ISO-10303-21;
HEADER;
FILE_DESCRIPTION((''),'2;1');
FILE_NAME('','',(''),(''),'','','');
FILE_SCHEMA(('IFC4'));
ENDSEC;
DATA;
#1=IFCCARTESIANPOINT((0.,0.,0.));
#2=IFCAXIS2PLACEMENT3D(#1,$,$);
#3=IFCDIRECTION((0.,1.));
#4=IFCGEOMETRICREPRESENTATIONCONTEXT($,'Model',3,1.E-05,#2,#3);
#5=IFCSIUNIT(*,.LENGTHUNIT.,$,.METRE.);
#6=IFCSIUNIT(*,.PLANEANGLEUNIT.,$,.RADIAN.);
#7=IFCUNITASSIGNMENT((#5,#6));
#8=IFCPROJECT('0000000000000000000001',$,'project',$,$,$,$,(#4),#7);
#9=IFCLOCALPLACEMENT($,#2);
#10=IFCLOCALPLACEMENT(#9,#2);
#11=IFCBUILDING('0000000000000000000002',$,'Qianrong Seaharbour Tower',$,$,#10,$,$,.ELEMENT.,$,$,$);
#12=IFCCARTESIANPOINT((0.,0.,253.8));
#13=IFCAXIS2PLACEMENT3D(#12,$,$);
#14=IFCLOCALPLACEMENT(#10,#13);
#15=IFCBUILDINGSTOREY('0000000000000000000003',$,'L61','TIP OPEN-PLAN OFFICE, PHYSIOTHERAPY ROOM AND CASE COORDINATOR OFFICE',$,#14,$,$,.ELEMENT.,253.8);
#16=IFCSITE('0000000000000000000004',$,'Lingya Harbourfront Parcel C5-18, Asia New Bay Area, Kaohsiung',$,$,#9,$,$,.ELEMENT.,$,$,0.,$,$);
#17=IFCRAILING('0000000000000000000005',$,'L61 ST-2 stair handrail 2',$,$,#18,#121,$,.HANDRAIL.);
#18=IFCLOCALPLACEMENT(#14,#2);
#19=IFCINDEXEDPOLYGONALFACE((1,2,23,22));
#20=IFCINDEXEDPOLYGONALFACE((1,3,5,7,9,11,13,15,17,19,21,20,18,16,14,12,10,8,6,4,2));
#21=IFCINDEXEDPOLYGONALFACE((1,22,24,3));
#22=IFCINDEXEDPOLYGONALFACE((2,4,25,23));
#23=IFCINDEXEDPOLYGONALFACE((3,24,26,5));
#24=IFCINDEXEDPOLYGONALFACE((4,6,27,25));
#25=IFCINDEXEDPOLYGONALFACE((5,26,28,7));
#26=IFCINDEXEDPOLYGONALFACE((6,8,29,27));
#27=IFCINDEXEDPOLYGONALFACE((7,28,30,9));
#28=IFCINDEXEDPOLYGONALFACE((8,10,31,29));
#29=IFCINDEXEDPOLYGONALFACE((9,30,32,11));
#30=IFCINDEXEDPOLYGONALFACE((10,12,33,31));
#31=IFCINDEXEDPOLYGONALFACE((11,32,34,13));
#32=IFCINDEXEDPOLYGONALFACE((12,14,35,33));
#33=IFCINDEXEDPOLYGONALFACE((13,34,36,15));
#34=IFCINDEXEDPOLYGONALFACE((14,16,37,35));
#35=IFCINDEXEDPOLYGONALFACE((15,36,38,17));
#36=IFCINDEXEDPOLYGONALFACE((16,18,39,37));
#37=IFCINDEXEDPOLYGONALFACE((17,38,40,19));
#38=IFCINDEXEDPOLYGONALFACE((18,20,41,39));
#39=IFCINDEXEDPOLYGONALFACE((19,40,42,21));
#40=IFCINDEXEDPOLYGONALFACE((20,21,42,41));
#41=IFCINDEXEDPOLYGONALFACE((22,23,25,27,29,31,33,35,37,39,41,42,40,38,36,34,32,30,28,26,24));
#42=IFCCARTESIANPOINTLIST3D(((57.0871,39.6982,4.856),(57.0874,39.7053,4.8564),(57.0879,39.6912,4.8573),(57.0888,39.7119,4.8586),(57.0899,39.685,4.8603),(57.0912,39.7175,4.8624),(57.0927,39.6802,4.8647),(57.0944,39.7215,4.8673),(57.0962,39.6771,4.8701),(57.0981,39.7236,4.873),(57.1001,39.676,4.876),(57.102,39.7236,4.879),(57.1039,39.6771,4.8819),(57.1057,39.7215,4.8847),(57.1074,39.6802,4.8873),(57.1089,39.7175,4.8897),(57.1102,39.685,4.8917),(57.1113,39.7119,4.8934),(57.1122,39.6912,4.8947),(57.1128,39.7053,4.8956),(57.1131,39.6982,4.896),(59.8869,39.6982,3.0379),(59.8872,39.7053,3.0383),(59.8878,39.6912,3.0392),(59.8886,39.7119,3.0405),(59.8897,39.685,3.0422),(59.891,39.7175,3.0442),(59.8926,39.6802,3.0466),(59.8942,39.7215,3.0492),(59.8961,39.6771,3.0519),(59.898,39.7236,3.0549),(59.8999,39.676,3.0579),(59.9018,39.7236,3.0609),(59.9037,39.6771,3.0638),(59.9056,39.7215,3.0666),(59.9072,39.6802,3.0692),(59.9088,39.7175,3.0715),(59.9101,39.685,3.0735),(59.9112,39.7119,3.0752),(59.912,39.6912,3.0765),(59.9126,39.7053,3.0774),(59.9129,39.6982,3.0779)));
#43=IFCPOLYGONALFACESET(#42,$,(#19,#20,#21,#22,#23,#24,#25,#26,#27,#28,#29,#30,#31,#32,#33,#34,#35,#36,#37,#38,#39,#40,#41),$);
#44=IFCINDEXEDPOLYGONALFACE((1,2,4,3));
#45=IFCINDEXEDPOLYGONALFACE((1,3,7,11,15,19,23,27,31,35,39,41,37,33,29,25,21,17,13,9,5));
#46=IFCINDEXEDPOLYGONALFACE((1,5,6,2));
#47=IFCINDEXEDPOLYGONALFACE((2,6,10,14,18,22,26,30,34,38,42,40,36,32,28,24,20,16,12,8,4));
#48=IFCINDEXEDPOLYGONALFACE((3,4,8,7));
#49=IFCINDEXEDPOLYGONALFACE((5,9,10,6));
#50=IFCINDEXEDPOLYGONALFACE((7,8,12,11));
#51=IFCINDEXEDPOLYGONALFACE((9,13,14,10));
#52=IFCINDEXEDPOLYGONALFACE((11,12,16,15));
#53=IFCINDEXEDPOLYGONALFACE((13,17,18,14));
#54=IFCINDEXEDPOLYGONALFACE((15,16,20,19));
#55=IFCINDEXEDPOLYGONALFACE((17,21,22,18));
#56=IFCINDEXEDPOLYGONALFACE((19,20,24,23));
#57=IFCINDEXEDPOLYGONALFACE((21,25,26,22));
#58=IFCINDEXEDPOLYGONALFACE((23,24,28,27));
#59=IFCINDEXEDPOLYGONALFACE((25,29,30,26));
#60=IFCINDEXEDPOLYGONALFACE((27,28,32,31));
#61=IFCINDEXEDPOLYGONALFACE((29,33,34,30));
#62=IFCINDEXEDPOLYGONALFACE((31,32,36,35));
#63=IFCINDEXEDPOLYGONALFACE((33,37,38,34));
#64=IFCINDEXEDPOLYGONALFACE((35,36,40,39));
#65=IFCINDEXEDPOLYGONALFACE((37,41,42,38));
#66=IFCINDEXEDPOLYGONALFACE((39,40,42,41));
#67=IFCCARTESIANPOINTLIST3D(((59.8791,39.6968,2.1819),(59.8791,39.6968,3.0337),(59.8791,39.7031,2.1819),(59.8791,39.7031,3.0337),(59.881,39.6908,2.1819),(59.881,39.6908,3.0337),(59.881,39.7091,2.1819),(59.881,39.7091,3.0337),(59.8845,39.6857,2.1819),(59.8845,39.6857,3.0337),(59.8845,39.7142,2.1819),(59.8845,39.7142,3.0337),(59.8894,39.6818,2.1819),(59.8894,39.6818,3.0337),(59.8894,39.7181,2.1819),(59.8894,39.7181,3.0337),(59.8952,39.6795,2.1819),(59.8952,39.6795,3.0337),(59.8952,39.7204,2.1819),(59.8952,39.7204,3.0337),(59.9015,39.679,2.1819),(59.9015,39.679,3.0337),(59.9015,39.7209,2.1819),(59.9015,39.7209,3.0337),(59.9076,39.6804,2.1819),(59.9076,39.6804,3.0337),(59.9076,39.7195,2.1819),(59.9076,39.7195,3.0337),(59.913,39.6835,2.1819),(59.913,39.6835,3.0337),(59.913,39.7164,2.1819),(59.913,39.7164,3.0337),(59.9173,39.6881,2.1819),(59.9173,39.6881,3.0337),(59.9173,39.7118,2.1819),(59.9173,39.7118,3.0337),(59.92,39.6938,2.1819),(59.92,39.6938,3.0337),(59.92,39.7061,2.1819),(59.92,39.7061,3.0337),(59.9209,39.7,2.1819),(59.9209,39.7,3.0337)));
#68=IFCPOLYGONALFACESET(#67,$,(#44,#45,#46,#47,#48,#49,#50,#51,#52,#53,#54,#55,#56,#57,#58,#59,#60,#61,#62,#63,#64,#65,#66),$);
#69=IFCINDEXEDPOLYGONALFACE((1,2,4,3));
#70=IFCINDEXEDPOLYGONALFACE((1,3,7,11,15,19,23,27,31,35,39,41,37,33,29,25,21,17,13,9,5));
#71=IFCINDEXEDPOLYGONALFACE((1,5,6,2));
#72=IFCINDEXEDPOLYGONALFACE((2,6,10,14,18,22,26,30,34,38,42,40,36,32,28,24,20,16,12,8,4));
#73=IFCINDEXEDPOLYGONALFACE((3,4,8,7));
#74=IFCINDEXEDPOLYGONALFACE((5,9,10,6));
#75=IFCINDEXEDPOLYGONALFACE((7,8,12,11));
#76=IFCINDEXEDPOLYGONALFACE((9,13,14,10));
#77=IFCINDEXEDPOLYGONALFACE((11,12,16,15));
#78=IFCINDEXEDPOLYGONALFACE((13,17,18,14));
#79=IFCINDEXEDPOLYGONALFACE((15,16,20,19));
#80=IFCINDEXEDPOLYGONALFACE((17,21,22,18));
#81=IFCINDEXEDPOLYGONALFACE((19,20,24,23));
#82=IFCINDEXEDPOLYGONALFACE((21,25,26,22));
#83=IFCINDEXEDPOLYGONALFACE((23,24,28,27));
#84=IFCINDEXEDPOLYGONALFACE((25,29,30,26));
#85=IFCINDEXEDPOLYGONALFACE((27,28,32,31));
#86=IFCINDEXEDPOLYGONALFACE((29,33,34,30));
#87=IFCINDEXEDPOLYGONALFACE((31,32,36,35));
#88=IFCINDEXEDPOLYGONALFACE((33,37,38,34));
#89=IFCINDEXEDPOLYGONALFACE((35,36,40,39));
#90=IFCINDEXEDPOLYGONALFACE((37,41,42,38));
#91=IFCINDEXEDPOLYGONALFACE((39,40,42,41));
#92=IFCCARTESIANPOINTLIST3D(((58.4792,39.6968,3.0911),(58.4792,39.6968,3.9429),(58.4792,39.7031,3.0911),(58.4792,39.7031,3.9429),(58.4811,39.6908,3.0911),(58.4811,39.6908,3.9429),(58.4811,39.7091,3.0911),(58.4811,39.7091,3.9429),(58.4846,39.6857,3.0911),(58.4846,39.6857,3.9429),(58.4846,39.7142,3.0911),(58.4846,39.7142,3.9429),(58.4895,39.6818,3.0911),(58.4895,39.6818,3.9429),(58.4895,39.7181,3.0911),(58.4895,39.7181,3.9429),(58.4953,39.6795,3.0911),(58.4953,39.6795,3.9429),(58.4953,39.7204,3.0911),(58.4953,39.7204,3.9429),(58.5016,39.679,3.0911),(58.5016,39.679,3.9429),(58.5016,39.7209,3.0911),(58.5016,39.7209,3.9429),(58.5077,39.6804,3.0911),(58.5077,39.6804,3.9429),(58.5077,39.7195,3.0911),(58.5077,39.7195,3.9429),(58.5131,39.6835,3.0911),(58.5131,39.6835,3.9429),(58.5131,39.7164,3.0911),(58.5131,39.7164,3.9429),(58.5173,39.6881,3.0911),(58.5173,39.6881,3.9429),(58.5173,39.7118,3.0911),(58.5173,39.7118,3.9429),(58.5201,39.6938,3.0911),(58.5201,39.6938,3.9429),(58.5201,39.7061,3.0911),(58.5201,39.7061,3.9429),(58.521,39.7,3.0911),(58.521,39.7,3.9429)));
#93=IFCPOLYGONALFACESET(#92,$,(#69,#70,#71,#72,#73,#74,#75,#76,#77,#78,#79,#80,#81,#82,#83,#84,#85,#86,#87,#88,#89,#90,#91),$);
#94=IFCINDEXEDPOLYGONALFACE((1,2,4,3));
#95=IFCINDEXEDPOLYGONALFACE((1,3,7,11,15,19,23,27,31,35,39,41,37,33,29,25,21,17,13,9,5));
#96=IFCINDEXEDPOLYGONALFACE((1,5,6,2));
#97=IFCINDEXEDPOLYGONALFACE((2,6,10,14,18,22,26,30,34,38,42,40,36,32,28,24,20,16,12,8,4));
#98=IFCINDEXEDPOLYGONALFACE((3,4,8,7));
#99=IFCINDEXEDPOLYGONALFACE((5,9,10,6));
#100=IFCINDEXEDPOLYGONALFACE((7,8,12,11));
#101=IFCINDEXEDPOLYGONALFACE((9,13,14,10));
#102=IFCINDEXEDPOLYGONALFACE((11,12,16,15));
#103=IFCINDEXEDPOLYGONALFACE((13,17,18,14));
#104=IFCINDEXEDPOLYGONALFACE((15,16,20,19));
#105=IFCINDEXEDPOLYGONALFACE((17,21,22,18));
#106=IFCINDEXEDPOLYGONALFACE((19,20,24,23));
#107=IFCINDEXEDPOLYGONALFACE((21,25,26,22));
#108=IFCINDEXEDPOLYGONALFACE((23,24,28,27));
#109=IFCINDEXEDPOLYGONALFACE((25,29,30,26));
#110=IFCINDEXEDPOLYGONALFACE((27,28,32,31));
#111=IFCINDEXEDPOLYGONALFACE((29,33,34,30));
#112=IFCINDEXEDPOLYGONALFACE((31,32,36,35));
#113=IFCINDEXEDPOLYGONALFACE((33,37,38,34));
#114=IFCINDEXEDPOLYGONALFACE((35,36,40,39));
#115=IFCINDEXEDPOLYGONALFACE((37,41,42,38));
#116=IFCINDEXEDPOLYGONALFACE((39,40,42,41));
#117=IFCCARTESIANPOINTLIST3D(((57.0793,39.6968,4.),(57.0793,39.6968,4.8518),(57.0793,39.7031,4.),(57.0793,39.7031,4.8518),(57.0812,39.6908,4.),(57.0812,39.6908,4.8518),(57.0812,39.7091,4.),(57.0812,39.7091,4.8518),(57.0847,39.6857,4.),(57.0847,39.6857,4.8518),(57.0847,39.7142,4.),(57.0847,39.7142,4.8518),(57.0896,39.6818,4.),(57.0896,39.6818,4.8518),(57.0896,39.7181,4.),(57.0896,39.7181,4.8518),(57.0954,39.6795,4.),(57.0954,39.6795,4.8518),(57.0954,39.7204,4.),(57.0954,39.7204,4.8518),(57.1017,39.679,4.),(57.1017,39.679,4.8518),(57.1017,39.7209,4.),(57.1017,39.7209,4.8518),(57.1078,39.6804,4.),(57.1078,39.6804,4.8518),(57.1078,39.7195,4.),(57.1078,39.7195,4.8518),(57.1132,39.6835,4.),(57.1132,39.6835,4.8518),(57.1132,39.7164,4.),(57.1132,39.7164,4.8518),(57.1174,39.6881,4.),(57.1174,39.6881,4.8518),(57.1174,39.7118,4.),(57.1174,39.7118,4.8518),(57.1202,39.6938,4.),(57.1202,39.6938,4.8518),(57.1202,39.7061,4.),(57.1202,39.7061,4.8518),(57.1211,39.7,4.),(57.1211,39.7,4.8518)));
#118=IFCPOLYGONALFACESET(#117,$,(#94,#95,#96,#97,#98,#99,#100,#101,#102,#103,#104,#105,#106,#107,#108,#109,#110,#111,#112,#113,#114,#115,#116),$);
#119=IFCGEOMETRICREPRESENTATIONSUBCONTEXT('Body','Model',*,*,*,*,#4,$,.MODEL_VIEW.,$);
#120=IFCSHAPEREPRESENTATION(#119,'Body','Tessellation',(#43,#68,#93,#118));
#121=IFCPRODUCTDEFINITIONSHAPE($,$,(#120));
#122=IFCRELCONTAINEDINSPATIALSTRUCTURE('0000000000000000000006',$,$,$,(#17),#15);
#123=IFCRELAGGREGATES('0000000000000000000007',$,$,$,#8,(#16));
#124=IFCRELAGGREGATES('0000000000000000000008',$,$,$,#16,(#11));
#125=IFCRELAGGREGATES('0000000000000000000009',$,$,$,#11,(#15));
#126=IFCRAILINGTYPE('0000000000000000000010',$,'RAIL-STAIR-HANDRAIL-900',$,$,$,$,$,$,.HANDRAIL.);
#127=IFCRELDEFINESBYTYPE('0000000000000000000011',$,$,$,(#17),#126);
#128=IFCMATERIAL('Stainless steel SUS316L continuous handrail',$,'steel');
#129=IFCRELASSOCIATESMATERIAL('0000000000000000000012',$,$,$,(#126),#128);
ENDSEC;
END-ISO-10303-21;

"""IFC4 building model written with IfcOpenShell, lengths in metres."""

from ifc_helpers import new_model, si_unit, direction, frame, origin, origin_2d, place, context, subcontext, project, spatial, circle, extrude, material, type_object, element, save


model = new_model("IFC4")

# Units and contexts
model_context = context("Model", 3, precision=1e-05, world=origin(), true_north=direction((0.0, 1.0)))
body_context = subcontext(model_context, "Body", "Model", "MODEL_VIEW")
ifc_project = project(units=[si_unit("LENGTHUNIT", "METRE"), si_unit("PLANEANGLEUNIT", "RADIAN")], contexts=[model_context])

# Site, building, storey
site_placement = place(None, origin())
site = spatial("IfcSite", under=ifc_project, at=site_placement, Name="Lingya Harbourfront Parcel C5-18, Asia New Bay Area, Kaohsiung", CompositionType="ELEMENT", RefElevation=0.0)
building_placement = place(site_placement, origin())
building = spatial("IfcBuilding", under=site, at=building_placement, Name="Qianrong Seaharbour Tower", CompositionType="ELEMENT")
storey_placement = place(building_placement, frame((0.0, 0.0, 253.8)))
storey = spatial("IfcBuildingStorey", under=building, at=storey_placement, Name="L61", Description="TIP OPEN-PLAN OFFICE, PHYSIOTHERAPY ROOM AND CASE COORDINATOR OFFICE", CompositionType="ELEMENT", Elevation=253.8)

# Railing
ifc_material_1 = material(Name="Stainless steel SUS316L continuous handrail", Category="steel")
railing_type_1 = type_object("IfcRailingType", Name="RAIL-STAIR-HANDRAIL-900", PredefinedType="HANDRAIL", material=ifc_material_1)
railing_1_placement = place(storey_placement, frame((59.8999, 39.7, 2.1819)))
element("IfcRailing", 1, at=railing_1_placement, inside=storey, type_object=railing_type_1, Name="L61 ST-2 stair handrail 2", PredefinedType="HANDRAIL", context=body_context, shape_type="SweptSolid", body=[
    extrude(circle(Radius=0.0239, at=origin_2d()), frame((0.0, 0.0, 0.876), z_axis=(-0.838684, 0.0, 0.544618), x_axis=(0.0, -1.0, 0.0)), (0.0, 0.0, 1.0), 3.3384),
    extrude(circle(Radius=0.021, at=origin_2d()), origin(), (0.0, 0.0, 1.0), 0.8518),
    extrude(circle(Radius=0.021, at=origin_2d()), frame((-1.3999, 0.0, 0.9092)), (0.0, 0.0, 1.0), 0.8518),
    extrude(circle(Radius=0.021, at=origin_2d()), frame((-2.7998, 0.0, 1.8181)), (0.0, 0.0, 1.0), 0.8518),
])

save(model, "model.ifc")
